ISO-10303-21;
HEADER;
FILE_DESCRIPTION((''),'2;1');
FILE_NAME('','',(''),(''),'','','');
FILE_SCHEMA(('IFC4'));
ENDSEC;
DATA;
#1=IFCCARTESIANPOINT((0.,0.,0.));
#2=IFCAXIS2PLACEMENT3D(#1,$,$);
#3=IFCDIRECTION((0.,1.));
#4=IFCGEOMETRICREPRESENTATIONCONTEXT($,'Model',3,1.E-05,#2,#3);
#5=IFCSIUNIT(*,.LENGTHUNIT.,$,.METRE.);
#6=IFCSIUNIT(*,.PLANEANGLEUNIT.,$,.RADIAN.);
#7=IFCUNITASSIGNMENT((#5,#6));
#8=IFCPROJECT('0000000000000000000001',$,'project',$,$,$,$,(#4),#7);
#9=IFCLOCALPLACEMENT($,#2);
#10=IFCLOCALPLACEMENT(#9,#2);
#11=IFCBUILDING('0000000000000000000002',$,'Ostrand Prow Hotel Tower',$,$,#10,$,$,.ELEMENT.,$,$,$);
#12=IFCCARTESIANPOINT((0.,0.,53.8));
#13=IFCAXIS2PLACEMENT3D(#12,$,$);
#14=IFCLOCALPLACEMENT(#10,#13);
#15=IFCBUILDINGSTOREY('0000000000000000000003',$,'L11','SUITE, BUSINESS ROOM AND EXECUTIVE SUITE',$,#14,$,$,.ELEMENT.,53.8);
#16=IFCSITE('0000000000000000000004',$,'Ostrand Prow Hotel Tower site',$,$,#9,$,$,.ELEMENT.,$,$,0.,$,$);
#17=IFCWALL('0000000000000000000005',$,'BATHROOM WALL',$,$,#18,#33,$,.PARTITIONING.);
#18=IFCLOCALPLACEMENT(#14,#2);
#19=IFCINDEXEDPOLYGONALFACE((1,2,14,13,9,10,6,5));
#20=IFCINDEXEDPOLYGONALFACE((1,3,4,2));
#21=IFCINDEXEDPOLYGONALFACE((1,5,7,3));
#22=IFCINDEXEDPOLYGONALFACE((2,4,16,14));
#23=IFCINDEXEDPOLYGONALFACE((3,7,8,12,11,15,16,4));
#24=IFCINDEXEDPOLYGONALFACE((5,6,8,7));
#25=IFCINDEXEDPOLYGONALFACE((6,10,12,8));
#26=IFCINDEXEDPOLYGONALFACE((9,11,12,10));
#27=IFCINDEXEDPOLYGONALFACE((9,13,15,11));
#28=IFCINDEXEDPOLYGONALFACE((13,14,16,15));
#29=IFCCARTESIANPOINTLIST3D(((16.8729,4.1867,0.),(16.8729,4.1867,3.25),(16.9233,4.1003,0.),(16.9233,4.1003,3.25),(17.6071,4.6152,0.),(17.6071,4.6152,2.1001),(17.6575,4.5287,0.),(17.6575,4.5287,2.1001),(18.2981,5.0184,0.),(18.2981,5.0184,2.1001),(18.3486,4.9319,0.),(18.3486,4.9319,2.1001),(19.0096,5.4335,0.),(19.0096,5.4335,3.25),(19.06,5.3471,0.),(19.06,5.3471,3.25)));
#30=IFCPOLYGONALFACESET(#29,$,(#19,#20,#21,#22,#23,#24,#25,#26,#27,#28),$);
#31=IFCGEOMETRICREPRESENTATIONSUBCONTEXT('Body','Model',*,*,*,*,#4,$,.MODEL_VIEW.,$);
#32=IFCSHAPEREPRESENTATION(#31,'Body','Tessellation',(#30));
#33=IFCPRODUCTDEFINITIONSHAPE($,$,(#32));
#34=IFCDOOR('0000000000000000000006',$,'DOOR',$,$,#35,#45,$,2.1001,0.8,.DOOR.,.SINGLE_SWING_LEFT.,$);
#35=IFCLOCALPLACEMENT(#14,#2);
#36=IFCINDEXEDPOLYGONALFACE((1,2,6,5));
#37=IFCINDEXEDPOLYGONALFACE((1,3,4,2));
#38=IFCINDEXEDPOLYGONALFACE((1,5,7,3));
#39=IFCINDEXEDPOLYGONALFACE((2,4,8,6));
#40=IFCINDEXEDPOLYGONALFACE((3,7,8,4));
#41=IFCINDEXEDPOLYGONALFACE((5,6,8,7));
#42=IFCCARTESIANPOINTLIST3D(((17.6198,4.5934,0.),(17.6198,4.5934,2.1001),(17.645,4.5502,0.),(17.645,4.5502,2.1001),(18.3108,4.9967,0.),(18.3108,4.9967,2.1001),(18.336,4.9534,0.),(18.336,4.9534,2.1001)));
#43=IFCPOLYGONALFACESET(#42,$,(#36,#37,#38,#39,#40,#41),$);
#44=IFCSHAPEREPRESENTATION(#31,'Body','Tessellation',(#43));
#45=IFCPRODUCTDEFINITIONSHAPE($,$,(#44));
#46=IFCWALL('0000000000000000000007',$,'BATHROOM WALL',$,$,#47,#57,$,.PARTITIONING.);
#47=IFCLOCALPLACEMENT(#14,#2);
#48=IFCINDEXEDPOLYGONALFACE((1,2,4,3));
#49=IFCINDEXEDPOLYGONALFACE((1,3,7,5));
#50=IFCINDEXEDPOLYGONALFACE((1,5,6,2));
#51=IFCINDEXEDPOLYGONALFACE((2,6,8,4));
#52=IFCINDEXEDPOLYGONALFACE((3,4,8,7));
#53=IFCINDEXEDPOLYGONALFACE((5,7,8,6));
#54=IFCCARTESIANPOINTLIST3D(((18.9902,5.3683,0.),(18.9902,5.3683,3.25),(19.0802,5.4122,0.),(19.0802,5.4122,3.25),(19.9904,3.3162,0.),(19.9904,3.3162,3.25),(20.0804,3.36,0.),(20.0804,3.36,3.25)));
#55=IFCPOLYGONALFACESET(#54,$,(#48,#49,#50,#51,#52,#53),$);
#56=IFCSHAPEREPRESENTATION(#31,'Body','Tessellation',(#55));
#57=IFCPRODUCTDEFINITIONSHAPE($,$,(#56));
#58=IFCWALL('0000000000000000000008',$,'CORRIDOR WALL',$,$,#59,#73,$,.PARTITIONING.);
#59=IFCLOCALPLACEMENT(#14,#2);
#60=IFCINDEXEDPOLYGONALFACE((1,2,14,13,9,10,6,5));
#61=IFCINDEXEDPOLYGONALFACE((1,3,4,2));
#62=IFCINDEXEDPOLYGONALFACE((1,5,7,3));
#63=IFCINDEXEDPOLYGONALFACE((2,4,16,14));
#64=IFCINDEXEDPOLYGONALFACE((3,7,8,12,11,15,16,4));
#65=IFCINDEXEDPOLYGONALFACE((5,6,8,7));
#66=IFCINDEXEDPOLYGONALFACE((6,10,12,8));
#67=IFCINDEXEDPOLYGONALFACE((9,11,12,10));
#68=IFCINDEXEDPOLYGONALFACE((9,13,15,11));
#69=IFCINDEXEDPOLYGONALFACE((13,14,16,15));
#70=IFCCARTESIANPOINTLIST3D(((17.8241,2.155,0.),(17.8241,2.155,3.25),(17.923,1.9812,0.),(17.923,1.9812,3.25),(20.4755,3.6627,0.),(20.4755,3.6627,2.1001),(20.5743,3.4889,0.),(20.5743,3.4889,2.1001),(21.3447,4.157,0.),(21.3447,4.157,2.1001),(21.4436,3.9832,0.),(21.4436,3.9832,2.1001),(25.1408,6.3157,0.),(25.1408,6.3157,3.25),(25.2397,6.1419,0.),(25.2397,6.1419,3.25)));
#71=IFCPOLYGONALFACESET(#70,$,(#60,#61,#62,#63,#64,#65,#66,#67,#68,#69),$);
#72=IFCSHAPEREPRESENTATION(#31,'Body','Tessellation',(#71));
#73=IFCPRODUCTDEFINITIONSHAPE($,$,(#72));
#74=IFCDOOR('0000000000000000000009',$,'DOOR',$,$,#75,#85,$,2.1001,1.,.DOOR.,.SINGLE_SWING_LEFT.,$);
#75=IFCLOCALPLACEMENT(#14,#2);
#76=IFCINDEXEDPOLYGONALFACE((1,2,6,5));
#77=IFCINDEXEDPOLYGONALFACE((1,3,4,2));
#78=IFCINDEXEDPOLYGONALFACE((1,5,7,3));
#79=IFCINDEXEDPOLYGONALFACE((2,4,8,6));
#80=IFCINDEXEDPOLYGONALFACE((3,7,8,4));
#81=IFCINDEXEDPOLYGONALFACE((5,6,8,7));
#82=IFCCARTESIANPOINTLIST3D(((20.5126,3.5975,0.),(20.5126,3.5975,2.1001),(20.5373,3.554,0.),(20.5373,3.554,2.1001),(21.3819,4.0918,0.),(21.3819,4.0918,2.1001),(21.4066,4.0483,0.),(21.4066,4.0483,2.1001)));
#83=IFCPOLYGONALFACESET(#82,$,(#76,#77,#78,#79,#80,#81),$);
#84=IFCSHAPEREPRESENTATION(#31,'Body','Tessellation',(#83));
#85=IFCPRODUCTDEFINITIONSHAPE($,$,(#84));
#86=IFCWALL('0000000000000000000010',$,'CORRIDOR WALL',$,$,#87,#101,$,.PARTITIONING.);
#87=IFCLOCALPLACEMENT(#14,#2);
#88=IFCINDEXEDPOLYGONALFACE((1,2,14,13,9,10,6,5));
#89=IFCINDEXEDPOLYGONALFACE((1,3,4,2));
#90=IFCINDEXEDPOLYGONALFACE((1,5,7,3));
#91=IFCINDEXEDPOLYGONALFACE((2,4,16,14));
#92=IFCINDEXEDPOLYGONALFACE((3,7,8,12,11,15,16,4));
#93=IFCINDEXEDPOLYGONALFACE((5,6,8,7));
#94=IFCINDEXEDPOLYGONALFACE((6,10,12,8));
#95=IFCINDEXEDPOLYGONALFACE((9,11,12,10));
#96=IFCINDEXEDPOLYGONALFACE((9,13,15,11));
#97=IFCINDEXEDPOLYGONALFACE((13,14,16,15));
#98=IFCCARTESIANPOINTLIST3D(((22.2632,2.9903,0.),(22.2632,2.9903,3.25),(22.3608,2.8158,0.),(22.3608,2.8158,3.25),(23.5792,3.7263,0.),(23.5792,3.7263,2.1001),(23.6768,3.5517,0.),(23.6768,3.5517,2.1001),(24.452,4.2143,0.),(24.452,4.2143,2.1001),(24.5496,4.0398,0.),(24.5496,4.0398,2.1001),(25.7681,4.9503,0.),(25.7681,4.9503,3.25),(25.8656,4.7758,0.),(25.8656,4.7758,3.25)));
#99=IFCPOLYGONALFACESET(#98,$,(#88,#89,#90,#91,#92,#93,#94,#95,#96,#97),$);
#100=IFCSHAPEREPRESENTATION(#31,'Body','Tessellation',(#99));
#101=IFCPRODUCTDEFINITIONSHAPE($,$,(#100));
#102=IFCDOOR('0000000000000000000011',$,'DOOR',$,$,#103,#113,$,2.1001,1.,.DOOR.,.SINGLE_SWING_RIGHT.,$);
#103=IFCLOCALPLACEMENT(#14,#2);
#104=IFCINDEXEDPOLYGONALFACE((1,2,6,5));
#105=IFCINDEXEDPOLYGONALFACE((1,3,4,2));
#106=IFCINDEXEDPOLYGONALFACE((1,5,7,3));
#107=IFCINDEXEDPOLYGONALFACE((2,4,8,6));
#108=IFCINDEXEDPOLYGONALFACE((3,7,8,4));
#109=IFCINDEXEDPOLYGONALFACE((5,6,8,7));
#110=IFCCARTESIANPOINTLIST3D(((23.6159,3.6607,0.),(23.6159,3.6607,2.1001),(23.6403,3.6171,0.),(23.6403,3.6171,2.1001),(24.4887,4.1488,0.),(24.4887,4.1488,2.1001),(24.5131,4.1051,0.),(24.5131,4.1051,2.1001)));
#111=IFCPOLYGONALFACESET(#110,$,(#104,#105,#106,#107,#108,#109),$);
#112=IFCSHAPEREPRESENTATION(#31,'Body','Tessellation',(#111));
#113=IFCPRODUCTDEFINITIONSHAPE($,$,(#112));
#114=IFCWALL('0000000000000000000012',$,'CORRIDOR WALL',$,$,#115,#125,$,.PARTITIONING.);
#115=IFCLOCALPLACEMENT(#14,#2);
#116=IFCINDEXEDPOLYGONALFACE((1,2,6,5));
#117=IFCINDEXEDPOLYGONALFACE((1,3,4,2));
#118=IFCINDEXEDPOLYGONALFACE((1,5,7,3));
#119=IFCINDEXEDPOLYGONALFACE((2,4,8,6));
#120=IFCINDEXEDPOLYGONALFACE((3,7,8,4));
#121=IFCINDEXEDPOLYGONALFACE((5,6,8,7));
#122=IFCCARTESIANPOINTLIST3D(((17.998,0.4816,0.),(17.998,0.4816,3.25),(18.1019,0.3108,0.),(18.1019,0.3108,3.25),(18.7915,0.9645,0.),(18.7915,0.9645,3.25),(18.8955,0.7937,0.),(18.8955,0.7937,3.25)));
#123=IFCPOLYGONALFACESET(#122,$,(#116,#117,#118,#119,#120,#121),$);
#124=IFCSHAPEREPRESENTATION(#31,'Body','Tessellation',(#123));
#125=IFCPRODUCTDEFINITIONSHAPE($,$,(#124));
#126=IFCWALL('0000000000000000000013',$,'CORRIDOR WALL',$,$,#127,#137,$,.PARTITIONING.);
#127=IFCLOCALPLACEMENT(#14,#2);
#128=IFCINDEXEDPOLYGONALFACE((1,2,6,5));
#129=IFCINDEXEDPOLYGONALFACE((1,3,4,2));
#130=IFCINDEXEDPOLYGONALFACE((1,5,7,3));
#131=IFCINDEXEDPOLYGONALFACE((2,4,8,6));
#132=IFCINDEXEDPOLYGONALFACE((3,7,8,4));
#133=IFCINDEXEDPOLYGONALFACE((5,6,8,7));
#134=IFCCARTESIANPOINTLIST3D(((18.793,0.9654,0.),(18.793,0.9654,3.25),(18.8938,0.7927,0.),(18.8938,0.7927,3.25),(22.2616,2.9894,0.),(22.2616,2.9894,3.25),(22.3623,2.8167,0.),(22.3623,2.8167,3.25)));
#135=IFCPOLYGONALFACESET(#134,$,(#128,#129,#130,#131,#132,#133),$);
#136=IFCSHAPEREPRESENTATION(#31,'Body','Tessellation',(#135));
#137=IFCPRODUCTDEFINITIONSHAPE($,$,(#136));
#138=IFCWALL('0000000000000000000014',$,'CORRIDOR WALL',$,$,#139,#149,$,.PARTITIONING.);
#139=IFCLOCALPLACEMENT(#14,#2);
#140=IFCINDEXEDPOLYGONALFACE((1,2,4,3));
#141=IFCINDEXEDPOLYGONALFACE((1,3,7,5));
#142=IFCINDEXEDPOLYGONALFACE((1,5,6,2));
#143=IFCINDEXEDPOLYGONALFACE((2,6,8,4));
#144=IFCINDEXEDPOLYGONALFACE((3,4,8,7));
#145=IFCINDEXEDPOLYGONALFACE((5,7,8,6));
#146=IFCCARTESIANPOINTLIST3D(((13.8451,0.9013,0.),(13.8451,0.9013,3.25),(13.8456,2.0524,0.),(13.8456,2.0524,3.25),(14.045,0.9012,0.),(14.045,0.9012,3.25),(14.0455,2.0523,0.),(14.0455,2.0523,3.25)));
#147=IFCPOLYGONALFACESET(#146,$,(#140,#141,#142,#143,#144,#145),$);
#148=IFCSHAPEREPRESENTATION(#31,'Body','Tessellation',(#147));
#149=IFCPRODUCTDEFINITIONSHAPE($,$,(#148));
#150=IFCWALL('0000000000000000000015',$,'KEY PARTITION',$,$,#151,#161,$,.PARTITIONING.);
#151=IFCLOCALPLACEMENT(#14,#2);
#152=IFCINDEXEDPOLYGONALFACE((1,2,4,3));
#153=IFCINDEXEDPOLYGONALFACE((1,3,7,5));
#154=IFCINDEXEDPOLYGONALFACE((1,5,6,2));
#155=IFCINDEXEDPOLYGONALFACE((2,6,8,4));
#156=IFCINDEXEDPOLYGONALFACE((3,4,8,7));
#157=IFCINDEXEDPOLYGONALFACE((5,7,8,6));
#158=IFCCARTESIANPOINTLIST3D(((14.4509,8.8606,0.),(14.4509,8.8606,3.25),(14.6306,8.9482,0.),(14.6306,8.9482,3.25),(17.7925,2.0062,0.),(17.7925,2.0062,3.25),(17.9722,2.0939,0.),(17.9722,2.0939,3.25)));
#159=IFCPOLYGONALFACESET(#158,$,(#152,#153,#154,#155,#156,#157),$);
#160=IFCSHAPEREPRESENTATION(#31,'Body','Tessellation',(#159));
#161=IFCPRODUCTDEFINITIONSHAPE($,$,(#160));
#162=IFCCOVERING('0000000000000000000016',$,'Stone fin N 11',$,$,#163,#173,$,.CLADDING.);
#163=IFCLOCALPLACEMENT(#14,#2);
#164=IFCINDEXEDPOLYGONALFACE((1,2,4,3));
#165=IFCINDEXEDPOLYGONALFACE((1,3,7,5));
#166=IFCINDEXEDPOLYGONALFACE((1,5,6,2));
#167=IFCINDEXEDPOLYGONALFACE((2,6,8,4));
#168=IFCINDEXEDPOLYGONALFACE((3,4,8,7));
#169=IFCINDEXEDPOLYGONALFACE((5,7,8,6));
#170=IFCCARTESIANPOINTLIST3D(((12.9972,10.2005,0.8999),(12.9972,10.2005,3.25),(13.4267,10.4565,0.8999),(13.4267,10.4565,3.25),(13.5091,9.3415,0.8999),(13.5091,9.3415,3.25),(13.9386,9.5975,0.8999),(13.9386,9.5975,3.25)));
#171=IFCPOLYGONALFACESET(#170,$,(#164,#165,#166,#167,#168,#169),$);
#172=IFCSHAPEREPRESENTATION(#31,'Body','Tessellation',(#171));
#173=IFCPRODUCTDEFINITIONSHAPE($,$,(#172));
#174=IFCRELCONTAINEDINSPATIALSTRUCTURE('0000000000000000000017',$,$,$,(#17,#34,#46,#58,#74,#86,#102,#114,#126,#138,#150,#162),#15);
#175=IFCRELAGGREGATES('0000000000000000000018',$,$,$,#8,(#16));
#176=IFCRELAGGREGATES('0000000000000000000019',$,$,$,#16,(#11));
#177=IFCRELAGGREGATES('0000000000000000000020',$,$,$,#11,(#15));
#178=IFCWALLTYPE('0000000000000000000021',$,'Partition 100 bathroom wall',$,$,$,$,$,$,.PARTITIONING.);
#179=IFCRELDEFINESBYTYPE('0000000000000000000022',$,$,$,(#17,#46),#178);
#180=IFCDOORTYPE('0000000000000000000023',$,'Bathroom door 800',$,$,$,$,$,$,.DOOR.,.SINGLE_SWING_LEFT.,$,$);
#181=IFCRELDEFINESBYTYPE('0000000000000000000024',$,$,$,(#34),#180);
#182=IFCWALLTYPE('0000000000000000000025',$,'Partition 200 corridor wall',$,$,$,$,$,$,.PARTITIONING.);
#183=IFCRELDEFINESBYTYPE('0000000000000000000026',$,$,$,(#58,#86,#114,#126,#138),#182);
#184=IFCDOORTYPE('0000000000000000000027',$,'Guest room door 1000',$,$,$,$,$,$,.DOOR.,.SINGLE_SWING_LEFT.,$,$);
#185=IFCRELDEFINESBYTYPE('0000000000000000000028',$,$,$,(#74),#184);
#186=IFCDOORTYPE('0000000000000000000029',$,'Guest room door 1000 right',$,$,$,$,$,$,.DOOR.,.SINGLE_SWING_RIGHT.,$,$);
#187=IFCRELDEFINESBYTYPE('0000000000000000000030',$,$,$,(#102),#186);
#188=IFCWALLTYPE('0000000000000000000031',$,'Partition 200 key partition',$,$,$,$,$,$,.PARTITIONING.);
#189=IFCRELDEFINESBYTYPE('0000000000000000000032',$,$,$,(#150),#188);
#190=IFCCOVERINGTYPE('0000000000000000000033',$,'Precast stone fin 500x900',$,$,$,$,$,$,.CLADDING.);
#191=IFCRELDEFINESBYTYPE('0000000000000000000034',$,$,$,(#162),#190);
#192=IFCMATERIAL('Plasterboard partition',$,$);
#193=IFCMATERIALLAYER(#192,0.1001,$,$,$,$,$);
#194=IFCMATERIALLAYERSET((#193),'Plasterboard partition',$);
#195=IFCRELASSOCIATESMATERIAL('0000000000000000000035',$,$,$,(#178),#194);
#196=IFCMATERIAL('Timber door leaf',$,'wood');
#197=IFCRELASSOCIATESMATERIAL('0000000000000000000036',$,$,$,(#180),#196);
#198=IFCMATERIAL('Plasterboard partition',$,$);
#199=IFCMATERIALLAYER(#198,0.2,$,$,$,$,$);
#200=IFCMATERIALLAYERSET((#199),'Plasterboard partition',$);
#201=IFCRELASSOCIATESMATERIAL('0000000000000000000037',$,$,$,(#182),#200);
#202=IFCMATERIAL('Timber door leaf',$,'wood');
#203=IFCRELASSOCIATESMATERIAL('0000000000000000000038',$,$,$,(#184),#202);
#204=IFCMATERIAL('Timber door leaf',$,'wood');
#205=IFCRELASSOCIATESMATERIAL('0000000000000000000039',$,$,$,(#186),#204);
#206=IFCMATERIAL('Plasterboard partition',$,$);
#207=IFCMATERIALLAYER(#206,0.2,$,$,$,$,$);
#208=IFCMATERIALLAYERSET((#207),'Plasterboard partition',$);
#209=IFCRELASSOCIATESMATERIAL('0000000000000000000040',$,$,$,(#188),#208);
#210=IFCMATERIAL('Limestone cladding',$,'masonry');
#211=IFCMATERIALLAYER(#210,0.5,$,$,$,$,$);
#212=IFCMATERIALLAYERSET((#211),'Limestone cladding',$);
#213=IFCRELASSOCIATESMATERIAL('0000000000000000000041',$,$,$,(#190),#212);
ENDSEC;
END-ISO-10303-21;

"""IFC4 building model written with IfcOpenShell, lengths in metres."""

from ifc_helpers import new_model, si_unit, direction, frame, frame_2d, origin, place, context, subcontext, project, spatial, rectangle, extrude, material, layer, layer_set, type_object, element, fill, save


model = new_model("IFC4")

# Units and contexts
model_context = context("Model", 3, precision=1e-05, world=origin(), true_north=direction((0.0, 1.0)))
body_context = subcontext(model_context, "Body", "Model", "MODEL_VIEW")
ifc_project = project(units=[si_unit("LENGTHUNIT", "METRE"), si_unit("PLANEANGLEUNIT", "RADIAN")], contexts=[model_context])

# Site, building, storey
site_placement = place(None, origin())
site = spatial("IfcSite", under=ifc_project, at=site_placement, Name="Ostrand Prow Hotel Tower site", CompositionType="ELEMENT", RefElevation=0.0)
building_placement = place(site_placement, origin())
building = spatial("IfcBuilding", under=site, at=building_placement, Name="Ostrand Prow Hotel Tower", CompositionType="ELEMENT")
storey_placement = place(building_placement, frame((0.0, 0.0, 53.8)))
storey = spatial("IfcBuildingStorey", under=building, at=storey_placement, Name="L11", Description="SUITE, BUSINESS ROOM AND EXECUTIVE SUITE", CompositionType="ELEMENT", Elevation=53.8)

# Wall, opening, door
ifc_material_1 = material(Name="Plasterboard partition")
ifc_layer_1 = layer(ifc_material_1, 0.1001)
ifc_layer_set_1 = layer_set([ifc_layer_1], Name="Plasterboard partition")
wall_type_1 = type_object("IfcWallType", Name="Partition 100 bathroom wall", PredefinedType="PARTITIONING", material=ifc_layer_set_1)
wall_1_placement = place(storey_placement, frame((16.8982, 4.1436, 0.0), z_axis=(0.0, 0.0, 1.0), x_axis=(0.863707, 0.503994, 0.0)))
wall_1 = element("IfcWall", 1, at=wall_1_placement, inside=storey, type_object=wall_type_1, Name="BATHROOM WALL", PredefinedType="PARTITIONING", context=body_context, shape_type="SweptSolid", body=[
    extrude(rectangle(XDim=2.4739, YDim=0.1001, at=frame_2d((1.2368, 0.0))), origin(), (0.0, 0.0, 1.0), 3.25),
])
opening_1_placement = place(wall_1_placement, frame((0.8501, 0.0, 0.0)))
opening_1 = element("IfcOpeningElement", 2, at=opening_1_placement, cuts=wall_1, PredefinedType="OPENING", context=body_context, shape_type="SweptSolid", body=[
    extrude(rectangle(XDim=0.8, YDim=2.1001, at=frame_2d((0.3999, 1.05))), frame((0.0, 0.0601, 0.0), z_axis=(0.0, -1.0, 0.0), x_axis=(1.0, 0.0, 0.0)), (0.0, 0.0, 1.0), 0.1201),
])
ifc_material_2 = material(Name="Timber door leaf", Category="wood")
door_type_1 = type_object("IfcDoorType", Name="Bathroom door 800", OperationType="SINGLE_SWING_LEFT", PredefinedType="DOOR", material=ifc_material_2)
door_1_placement = place(opening_1_placement, origin())
door_1 = element("IfcDoor", 3, at=door_1_placement, inside=storey, type_object=door_type_1, Name="DOOR", OperationType="SINGLE_SWING_LEFT", OverallHeight=2.1001, OverallWidth=0.8, PredefinedType="DOOR", context=body_context, shape_type="SweptSolid", body=[
    extrude(rectangle(XDim=0.8, YDim=2.1001, at=frame_2d((0.3999, 1.05))), frame((0.0, 0.0249, 0.0), z_axis=(0.0, -1.0, 0.0), x_axis=(1.0, 0.0, 0.0)), (0.0, 0.0, 1.0), 0.05),
])
fill(opening_1, door_1)

# Wall
wall_2_placement = place(storey_placement, frame((19.0352, 5.3904, 0.0), z_axis=(0.0, 0.0, 1.0), x_axis=(0.438122, -0.898915, 0.0)))
element("IfcWall", 4, at=wall_2_placement, inside=storey, type_object=wall_type_1, Name="BATHROOM WALL", PredefinedType="PARTITIONING", context=body_context, shape_type="SweptSolid", body=[
    extrude(rectangle(XDim=2.283, YDim=0.1001, at=frame_2d((1.1416, 0.0))), origin(), (0.0, 0.0, 1.0), 3.25),
])

# Walls, openings, doors
ifc_material_3 = material(Name="Plasterboard partition")
ifc_layer_2 = layer(ifc_material_3, 0.2)
ifc_layer_set_2 = layer_set([ifc_layer_2], Name="Plasterboard partition")
wall_type_2 = type_object("IfcWallType", Name="Partition 200 corridor wall", PredefinedType="PARTITIONING", material=ifc_layer_set_2)
wall_3_placement = place(storey_placement, frame((17.8735, 2.0681, 0.0), z_axis=(0.0, 0.0, 1.0), x_axis=(0.86928, 0.49432, 0.0)))
wall_3 = element("IfcWall", 5, at=wall_3_placement, inside=storey, type_object=wall_type_2, Name="CORRIDOR WALL", PredefinedType="PARTITIONING", context=body_context, shape_type="SweptSolid", body=[
    extrude(rectangle(XDim=8.417, YDim=0.2, at=frame_2d((4.2085, 0.0))), origin(), (0.0, 0.0, 1.0), 3.25),
])
opening_2_placement = place(wall_3_placement, frame((3.05, 0.0, 0.0)))
opening_2 = element("IfcOpeningElement", 6, at=opening_2_placement, cuts=wall_3, PredefinedType="OPENING", context=body_context, shape_type="SweptSolid", body=[
    extrude(rectangle(XDim=1.0, YDim=2.1001, at=frame_2d((0.5, 1.05))), frame((0.0, 0.1099, 0.0), z_axis=(0.0, -1.0, 0.0), x_axis=(1.0, 0.0, 0.0)), (0.0, 0.0, 1.0), 0.22),
])
ifc_material_4 = material(Name="Timber door leaf", Category="wood")
door_type_2 = type_object("IfcDoorType", Name="Guest room door 1000", OperationType="SINGLE_SWING_LEFT", PredefinedType="DOOR", material=ifc_material_4)
door_2_placement = place(opening_2_placement, origin())
door_2 = element("IfcDoor", 7, at=door_2_placement, inside=storey, type_object=door_type_2, Name="DOOR", OperationType="SINGLE_SWING_LEFT", OverallHeight=2.1001, OverallWidth=1.0, PredefinedType="DOOR", context=body_context, shape_type="SweptSolid", body=[
    extrude(rectangle(XDim=1.0, YDim=2.1001, at=frame_2d((0.5, 1.05))), frame((0.0, 0.0249, 0.0), z_axis=(0.0, -1.0, 0.0), x_axis=(1.0, 0.0, 0.0)), (0.0, 0.0, 1.0), 0.05),
])
fill(opening_2, door_2)
wall_4_placement = place(storey_placement, frame((22.312, 2.9031, 0.0), z_axis=(0.0, 0.0, 1.0), x_axis=(0.8728, 0.488078, 0.0)))
wall_4 = element("IfcWall", 8, at=wall_4_placement, inside=storey, type_object=wall_type_2, Name="CORRIDOR WALL", PredefinedType="PARTITIONING", context=body_context, shape_type="SweptSolid", body=[
    extrude(rectangle(XDim=4.0156, YDim=0.2, at=frame_2d((2.0078, 0.0))), origin(), (0.0, 0.0, 1.0), 3.25),
])
opening_3_placement = place(wall_4_placement, frame((1.5078, 0.0, 0.0)))
opening_3 = element("IfcOpeningElement", 9, at=opening_3_placement, cuts=wall_4, PredefinedType="OPENING", context=body_context, shape_type="SweptSolid", body=[
    extrude(rectangle(XDim=1.0, YDim=2.1001, at=frame_2d((0.5, 1.05))), frame((0.0, 0.1099, 0.0), z_axis=(0.0, -1.0, 0.0), x_axis=(1.0, 0.0, 0.0)), (0.0, 0.0, 1.0), 0.22),
])
ifc_material_5 = material(Name="Timber door leaf", Category="wood")
door_type_3 = type_object("IfcDoorType", Name="Guest room door 1000 right", OperationType="SINGLE_SWING_RIGHT", PredefinedType="DOOR", material=ifc_material_5)
door_3_placement = place(opening_3_placement, origin())
door_3 = element("IfcDoor", 10, at=door_3_placement, inside=storey, type_object=door_type_3, Name="DOOR", OperationType="SINGLE_SWING_RIGHT", OverallHeight=2.1001, OverallWidth=1.0, PredefinedType="DOOR", context=body_context, shape_type="SweptSolid", body=[
    extrude(rectangle(XDim=1.0, YDim=2.1001, at=frame_2d((0.5, 1.05))), frame((0.0, 0.0249, 0.0), z_axis=(0.0, -1.0, 0.0), x_axis=(1.0, 0.0, 0.0)), (0.0, 0.0, 1.0), 0.05),
])
fill(opening_3, door_3)

# Walls
wall_5_placement = place(storey_placement, frame((18.05, 0.3962, 0.0), z_axis=(0.0, 0.0, 1.0), x_axis=(0.854229, 0.519897, 0.0)))
element("IfcWall", 11, at=wall_5_placement, inside=storey, type_object=wall_type_2, Name="CORRIDOR WALL", PredefinedType="PARTITIONING", context=body_context, shape_type="SweptSolid", body=[
    extrude(rectangle(XDim=0.929, YDim=0.2, at=frame_2d((0.4644, 0.0))), origin(), (0.0, 0.0, 1.0), 3.25),
])
wall_6_placement = place(storey_placement, frame((18.8435, 0.8792, 0.0), z_axis=(0.0, 0.0, 1.0), x_axis=(0.863711, 0.503988, 0.0)))
element("IfcWall", 12, at=wall_6_placement, inside=storey, type_object=wall_type_2, Name="CORRIDOR WALL", PredefinedType="PARTITIONING", context=body_context, shape_type="SweptSolid", body=[
    extrude(rectangle(XDim=4.0159, YDim=0.2, at=frame_2d((2.0078, 0.0))), origin(), (0.0, 0.0, 1.0), 3.25),
])
wall_7_placement = place(storey_placement, frame((13.9456, 2.0525, 0.0), z_axis=(0.0, 0.0, 1.0), x_axis=(-0.000424, -1.0, 0.0)))
element("IfcWall", 13, at=wall_7_placement, inside=storey, type_object=wall_type_2, Name="CORRIDOR WALL", PredefinedType="PARTITIONING", context=body_context, shape_type="SweptSolid", body=[
    extrude(rectangle(XDim=1.1511, YDim=0.2, at=frame_2d((0.5757, 0.0))), origin(), (0.0, 0.0, 1.0), 3.25),
])
ifc_material_6 = material(Name="Plasterboard partition")
ifc_layer_3 = layer(ifc_material_6, 0.2)
ifc_layer_set_3 = layer_set([ifc_layer_3], Name="Plasterboard partition")
wall_type_3 = type_object("IfcWallType", Name="Partition 200 key partition", PredefinedType="PARTITIONING", material=ifc_layer_set_3)
wall_8_placement = place(storey_placement, frame((17.8823, 2.05, 0.0), z_axis=(0.0, 0.0, 1.0), x_axis=(-0.438214, 0.898871, 0.0)))
element("IfcWall", 14, at=wall_8_placement, inside=storey, type_object=wall_type_3, Name="KEY PARTITION", PredefinedType="PARTITIONING", context=body_context, shape_type="SweptSolid", body=[
    extrude(rectangle(XDim=7.6255, YDim=0.2, at=frame_2d((3.8127, 0.0))), origin(), (0.0, 0.0, 1.0), 3.25),
])

# Covering
ifc_material_7 = material(Name="Limestone cladding", Category="masonry")
ifc_layer_4 = layer(ifc_material_7, 0.5)
ifc_layer_set_4 = layer_set([ifc_layer_4], Name="Limestone cladding")
covering_type = type_object("IfcCoveringType", Name="Precast stone fin 500x900", PredefinedType="CLADDING", material=ifc_layer_set_4)
covering_placement = place(storey_placement, frame((13.7239, 9.4695, 0.8999), z_axis=(0.0, 0.0, 1.0), x_axis=(-0.511909, 0.85904, 0.0)))
element("IfcCovering", 15, at=covering_placement, inside=storey, type_object=covering_type, Name="Stone fin N 11", PredefinedType="CLADDING", context=body_context, shape_type="SweptSolid", body=[
    extrude(rectangle(XDim=1.0, YDim=0.5, at=frame_2d((0.5, 0.0))), origin(), (0.0, 0.0, 1.0), 2.3501),
])

save(model, "model.ifc")
